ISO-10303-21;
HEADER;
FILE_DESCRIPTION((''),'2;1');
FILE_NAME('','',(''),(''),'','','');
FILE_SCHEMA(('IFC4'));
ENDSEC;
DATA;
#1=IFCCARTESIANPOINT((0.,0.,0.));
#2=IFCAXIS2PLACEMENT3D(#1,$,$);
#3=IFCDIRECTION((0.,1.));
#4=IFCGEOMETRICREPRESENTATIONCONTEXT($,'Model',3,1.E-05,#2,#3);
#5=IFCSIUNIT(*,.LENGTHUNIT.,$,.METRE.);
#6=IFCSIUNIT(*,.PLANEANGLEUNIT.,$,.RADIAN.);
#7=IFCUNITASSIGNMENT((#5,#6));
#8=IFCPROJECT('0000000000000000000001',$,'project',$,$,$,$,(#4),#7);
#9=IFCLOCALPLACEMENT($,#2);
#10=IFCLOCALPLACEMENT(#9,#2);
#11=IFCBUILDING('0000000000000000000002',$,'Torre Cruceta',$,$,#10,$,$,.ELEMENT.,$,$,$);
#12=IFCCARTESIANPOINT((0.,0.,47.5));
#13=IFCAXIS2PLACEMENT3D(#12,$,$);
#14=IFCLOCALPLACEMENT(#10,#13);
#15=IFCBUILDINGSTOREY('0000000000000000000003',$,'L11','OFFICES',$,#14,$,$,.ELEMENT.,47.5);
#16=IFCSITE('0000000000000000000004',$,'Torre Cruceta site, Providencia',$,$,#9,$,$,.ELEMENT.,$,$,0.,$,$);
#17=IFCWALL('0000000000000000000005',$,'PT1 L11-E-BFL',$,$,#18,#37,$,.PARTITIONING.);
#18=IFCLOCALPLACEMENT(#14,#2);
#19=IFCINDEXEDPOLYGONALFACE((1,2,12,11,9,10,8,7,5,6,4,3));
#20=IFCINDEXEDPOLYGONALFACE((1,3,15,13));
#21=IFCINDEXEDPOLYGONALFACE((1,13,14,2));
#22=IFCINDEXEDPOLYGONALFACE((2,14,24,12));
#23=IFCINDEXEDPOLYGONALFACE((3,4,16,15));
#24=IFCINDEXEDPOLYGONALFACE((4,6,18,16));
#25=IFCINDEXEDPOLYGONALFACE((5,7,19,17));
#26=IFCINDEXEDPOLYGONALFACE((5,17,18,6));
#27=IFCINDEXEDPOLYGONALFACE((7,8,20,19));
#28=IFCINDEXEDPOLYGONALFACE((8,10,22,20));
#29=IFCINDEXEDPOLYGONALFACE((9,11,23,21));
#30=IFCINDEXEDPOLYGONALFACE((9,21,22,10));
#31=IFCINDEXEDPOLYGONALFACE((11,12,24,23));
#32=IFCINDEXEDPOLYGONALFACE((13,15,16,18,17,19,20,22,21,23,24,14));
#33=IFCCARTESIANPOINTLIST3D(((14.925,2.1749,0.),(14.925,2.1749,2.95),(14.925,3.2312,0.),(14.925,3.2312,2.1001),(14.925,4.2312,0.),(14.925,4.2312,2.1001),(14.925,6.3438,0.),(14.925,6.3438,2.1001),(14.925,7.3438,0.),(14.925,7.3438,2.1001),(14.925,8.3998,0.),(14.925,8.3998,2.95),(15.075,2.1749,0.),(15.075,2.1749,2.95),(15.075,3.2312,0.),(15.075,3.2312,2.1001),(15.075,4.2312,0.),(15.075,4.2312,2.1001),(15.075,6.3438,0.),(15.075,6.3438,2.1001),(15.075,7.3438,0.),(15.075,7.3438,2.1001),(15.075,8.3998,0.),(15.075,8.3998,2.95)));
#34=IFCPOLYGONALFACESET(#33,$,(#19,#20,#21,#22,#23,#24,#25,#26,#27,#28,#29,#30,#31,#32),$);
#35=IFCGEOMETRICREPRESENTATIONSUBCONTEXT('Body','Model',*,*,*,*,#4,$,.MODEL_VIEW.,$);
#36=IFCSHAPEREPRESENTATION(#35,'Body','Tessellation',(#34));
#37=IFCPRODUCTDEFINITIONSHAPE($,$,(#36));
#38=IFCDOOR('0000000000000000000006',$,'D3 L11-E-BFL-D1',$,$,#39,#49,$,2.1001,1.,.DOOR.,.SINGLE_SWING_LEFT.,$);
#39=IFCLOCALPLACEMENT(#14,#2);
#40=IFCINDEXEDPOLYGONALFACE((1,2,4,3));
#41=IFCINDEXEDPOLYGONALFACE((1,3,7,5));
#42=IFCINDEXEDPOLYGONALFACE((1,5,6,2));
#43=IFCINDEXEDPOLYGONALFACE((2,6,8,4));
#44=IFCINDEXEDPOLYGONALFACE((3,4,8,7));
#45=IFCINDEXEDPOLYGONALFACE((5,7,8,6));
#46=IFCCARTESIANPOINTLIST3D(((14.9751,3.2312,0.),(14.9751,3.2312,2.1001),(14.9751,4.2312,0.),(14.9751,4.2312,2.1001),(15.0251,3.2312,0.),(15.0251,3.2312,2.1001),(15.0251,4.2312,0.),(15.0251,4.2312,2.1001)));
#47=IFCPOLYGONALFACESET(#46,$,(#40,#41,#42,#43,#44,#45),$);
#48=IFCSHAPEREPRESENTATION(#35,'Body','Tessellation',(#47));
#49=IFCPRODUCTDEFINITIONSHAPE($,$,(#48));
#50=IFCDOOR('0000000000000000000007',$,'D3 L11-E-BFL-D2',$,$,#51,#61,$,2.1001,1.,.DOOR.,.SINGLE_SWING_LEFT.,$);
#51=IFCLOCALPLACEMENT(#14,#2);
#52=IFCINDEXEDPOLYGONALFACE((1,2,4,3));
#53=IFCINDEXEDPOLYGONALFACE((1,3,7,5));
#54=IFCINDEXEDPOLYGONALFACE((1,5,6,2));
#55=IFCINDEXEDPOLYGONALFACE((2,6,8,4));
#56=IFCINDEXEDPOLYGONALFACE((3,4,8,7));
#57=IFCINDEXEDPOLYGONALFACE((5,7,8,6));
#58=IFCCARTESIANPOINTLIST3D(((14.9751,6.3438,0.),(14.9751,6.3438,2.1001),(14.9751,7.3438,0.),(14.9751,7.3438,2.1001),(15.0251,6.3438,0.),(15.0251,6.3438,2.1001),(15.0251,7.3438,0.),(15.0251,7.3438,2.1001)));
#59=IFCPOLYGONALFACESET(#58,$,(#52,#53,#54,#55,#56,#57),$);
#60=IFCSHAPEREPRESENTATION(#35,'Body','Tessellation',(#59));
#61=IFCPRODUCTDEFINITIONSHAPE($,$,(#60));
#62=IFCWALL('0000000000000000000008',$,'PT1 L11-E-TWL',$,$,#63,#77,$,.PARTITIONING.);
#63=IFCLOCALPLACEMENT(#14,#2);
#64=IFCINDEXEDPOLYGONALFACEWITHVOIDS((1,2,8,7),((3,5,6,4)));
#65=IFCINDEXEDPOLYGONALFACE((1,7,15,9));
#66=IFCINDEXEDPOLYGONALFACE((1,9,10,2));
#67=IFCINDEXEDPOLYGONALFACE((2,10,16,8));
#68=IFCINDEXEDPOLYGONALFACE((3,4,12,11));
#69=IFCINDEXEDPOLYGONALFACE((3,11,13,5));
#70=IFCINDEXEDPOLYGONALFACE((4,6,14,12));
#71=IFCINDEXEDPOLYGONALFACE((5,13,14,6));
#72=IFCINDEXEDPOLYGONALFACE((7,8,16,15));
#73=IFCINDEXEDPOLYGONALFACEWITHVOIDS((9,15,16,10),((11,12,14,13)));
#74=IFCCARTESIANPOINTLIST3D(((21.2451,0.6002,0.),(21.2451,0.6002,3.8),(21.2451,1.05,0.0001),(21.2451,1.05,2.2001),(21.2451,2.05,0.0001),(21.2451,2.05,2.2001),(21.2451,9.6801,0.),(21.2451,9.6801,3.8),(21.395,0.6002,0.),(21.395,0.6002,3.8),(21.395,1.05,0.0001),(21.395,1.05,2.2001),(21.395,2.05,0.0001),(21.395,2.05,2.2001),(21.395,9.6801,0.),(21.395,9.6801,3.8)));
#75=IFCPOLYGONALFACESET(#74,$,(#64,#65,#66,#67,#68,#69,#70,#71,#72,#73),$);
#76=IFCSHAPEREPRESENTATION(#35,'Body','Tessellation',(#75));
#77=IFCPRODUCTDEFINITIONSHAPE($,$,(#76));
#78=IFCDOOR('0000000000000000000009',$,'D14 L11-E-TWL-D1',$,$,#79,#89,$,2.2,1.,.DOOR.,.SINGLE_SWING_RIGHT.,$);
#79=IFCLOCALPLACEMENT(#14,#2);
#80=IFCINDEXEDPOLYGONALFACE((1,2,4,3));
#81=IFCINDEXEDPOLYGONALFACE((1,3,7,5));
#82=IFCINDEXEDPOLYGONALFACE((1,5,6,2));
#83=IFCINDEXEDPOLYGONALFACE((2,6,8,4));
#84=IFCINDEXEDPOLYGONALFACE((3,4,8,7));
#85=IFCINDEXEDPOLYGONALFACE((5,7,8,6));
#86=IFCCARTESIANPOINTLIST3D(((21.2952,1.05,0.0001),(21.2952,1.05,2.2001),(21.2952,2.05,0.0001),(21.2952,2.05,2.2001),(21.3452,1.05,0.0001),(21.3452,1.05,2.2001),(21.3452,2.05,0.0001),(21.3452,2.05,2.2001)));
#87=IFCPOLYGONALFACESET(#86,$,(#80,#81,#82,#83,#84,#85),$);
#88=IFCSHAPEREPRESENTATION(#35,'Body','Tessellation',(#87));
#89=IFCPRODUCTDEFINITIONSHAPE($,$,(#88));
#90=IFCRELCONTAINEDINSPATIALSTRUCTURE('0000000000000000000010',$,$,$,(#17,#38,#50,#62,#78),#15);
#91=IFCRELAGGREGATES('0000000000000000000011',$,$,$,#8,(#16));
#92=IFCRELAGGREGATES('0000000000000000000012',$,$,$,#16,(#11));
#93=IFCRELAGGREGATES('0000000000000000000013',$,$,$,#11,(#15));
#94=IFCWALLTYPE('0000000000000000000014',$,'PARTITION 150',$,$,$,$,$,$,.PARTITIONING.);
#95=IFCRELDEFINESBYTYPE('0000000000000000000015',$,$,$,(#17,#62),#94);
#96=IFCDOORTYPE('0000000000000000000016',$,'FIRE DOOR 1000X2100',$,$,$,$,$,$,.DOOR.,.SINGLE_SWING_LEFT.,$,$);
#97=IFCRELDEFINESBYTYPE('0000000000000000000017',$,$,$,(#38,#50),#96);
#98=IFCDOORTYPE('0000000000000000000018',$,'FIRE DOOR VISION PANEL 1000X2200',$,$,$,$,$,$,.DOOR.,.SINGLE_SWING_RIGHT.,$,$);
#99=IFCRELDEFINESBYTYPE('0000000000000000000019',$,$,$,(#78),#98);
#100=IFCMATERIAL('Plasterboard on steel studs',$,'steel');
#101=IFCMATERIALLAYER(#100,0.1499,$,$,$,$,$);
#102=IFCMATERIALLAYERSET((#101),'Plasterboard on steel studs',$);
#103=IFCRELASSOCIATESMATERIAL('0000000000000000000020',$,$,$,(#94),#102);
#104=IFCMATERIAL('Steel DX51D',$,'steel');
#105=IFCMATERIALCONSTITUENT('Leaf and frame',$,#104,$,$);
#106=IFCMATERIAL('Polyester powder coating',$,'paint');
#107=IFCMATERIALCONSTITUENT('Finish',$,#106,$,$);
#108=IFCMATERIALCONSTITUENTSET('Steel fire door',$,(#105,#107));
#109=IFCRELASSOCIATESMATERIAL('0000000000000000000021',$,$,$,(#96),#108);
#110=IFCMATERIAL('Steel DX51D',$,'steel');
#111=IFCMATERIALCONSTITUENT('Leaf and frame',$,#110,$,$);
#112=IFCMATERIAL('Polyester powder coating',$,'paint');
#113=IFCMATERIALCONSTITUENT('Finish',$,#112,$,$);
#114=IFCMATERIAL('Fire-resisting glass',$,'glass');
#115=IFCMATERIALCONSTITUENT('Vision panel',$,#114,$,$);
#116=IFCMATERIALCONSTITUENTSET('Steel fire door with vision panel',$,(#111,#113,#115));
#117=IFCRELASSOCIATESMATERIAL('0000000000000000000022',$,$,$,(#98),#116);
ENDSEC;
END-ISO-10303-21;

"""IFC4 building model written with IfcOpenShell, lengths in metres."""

from ifc_helpers import new_model, si_unit, direction, frame, frame_2d, origin, place, context, subcontext, project, spatial, rectangle, extrude, material, layer, layer_set, constituent, constituent_set, type_object, element, fill, save


model = new_model("IFC4")

# Units and contexts
model_context = context("Model", 3, precision=1e-05, world=origin(), true_north=direction((0.0, 1.0)))
body_context = subcontext(model_context, "Body", "Model", "MODEL_VIEW")
ifc_project = project(units=[si_unit("LENGTHUNIT", "METRE"), si_unit("PLANEANGLEUNIT", "RADIAN")], contexts=[model_context])

# Site, building, storey
site_placement = place(None, origin())
site = spatial("IfcSite", under=ifc_project, at=site_placement, Name="Torre Cruceta site, Providencia", CompositionType="ELEMENT", RefElevation=0.0)
building_placement = place(site_placement, origin())
building = spatial("IfcBuilding", under=site, at=building_placement, Name="Torre Cruceta", CompositionType="ELEMENT")
storey_placement = place(building_placement, frame((0.0, 0.0, 47.5)))
storey = spatial("IfcBuildingStorey", under=building, at=storey_placement, Name="L11", Description="OFFICES", CompositionType="ELEMENT", Elevation=47.5)

# Wall, openings, doors
ifc_material_1 = material(Name="Plasterboard on steel studs", Category="steel")
ifc_layer_1 = layer(ifc_material_1, 0.1499)
ifc_layer_set_1 = layer_set([ifc_layer_1], Name="Plasterboard on steel studs")
wall_type_1 = type_object("IfcWallType", Name="PARTITION 150", PredefinedType="PARTITIONING", material=ifc_layer_set_1)
wall_1_placement = place(storey_placement, frame((15.0, 2.175, 0.0), z_axis=(0.0, 0.0, 1.0), x_axis=(0.0, 1.0, 0.0)))
wall_1 = element("IfcWall", 1, at=wall_1_placement, inside=storey, type_object=wall_type_1, Name="PT1 L11-E-BFL", PredefinedType="PARTITIONING", context=body_context, shape_type="SweptSolid", body=[
    extrude(rectangle(XDim=6.2249, YDim=0.1499, at=frame_2d((3.1123, 0.0))), origin(), (0.0, 0.0, 1.0), 2.95),
])
opening_1_placement = place(wall_1_placement, frame((1.0562, 0.0, 0.0)))
opening_1 = element("IfcOpeningElement", 2, at=opening_1_placement, cuts=wall_1, PredefinedType="OPENING", context=body_context, shape_type="SweptSolid", body=[
    extrude(rectangle(XDim=1.0, YDim=2.1001, at=frame_2d((0.5, 1.05))), frame((0.0, 0.085, 0.0), z_axis=(0.0, -1.0, 0.0), x_axis=(1.0, 0.0, 0.0)), (0.0, 0.0, 1.0), 0.1699),
])
opening_2_placement = place(wall_1_placement, frame((4.1687, 0.0, 0.0)))
opening_2 = element("IfcOpeningElement", 3, at=opening_2_placement, cuts=wall_1, PredefinedType="OPENING", context=body_context, shape_type="SweptSolid", body=[
    extrude(rectangle(XDim=1.0, YDim=2.1001, at=frame_2d((0.5, 1.05))), frame((0.0, 0.085, 0.0), z_axis=(0.0, -1.0, 0.0), x_axis=(1.0, 0.0, 0.0)), (0.0, 0.0, 1.0), 0.1699),
])
ifc_material_2 = material(Name="Steel DX51D", Category="steel")
ifc_constituent_1 = constituent(ifc_material_2, Name="Leaf and frame")
ifc_material_3 = material(Name="Polyester powder coating", Category="paint")
ifc_constituent_2 = constituent(ifc_material_3, Name="Finish")
ifc_constituent_set_1 = constituent_set(constituents=[ifc_constituent_1, ifc_constituent_2], Name="Steel fire door")
door_type_1 = type_object("IfcDoorType", Name="FIRE DOOR 1000X2100", OperationType="SINGLE_SWING_LEFT", PredefinedType="DOOR", material=ifc_constituent_set_1)
door_1_placement = place(opening_1_placement, origin())
door_1 = element("IfcDoor", 4, at=door_1_placement, inside=storey, type_object=door_type_1, Name="D3 L11-E-BFL-D1", OperationType="SINGLE_SWING_LEFT", OverallHeight=2.1001, OverallWidth=1.0, PredefinedType="DOOR", context=body_context, shape_type="SweptSolid", body=[
    extrude(rectangle(XDim=1.0, YDim=2.1001, at=frame_2d((0.5, 1.05))), frame((0.0, 0.0249, 0.0), z_axis=(0.0, -1.0, 0.0), x_axis=(1.0, 0.0, 0.0)), (0.0, 0.0, 1.0), 0.05),
])
fill(opening_1, door_1)
door_2_placement = place(opening_2_placement, origin())
door_2 = element("IfcDoor", 5, at=door_2_placement, inside=storey, type_object=door_type_1, Name="D3 L11-E-BFL-D2", OperationType="SINGLE_SWING_LEFT", OverallHeight=2.1001, OverallWidth=1.0, PredefinedType="DOOR", context=body_context, shape_type="SweptSolid", body=[
    extrude(rectangle(XDim=1.0, YDim=2.1001, at=frame_2d((0.5, 1.05))), frame((0.0, 0.0249, 0.0), z_axis=(0.0, -1.0, 0.0), x_axis=(1.0, 0.0, 0.0)), (0.0, 0.0, 1.0), 0.05),
])
fill(opening_2, door_2)

# Wall, opening, door
wall_2_placement = place(storey_placement, frame((21.3201, 0.6001, 0.0), z_axis=(0.0, 0.0, 1.0), x_axis=(0.0, 1.0, 0.0)))
wall_2 = element("IfcWall", 6, at=wall_2_placement, inside=storey, type_object=wall_type_1, Name="PT1 L11-E-TWL", PredefinedType="PARTITIONING", context=body_context, shape_type="SweptSolid", body=[
    extrude(rectangle(XDim=9.0798, YDim=0.1499, at=frame_2d((4.54, 0.0))), origin(), (0.0, 0.0, 1.0), 3.8),
])
opening_3_placement = place(wall_2_placement, frame((0.45, 0.0, 0.0)))
opening_3 = element("IfcOpeningElement", 7, at=opening_3_placement, cuts=wall_2, PredefinedType="OPENING", context=body_context, shape_type="SweptSolid", body=[
    extrude(rectangle(XDim=1.0, YDim=2.2, at=frame_2d((0.5, 1.1001))), frame((0.0, 0.085, 0.0), z_axis=(0.0, -1.0, 0.0), x_axis=(1.0, 0.0, 0.0)), (0.0, 0.0, 1.0), 0.1699),
])
ifc_material_4 = material(Name="Steel DX51D", Category="steel")
ifc_constituent_3 = constituent(ifc_material_4, Name="Leaf and frame")
ifc_material_5 = material(Name="Polyester powder coating", Category="paint")
ifc_constituent_4 = constituent(ifc_material_5, Name="Finish")
ifc_material_6 = material(Name="Fire-resisting glass", Category="glass")
ifc_constituent_5 = constituent(ifc_material_6, Name="Vision panel")
ifc_constituent_set_2 = constituent_set(constituents=[ifc_constituent_3, ifc_constituent_4, ifc_constituent_5], Name="Steel fire door with vision panel")
door_type_2 = type_object("IfcDoorType", Name="FIRE DOOR VISION PANEL 1000X2200", OperationType="SINGLE_SWING_RIGHT", PredefinedType="DOOR", material=ifc_constituent_set_2)
door_3_placement = place(opening_3_placement, frame((1.0, 0.0, 0.0), z_axis=(0.0, 0.0, 1.0), x_axis=(-1.0, 0.0, 0.0)))
door_3 = element("IfcDoor", 8, at=door_3_placement, inside=storey, type_object=door_type_2, Name="D14 L11-E-TWL-D1", OperationType="SINGLE_SWING_RIGHT", OverallHeight=2.2, OverallWidth=1.0, PredefinedType="DOOR", context=body_context, shape_type="SweptSolid", body=[
    extrude(rectangle(XDim=1.0, YDim=2.2, at=frame_2d((0.5, 1.1001))), frame((0.0, 0.0251, 0.0), z_axis=(0.0, -1.0, 0.0), x_axis=(1.0, 0.0, 0.0)), (0.0, 0.0, 1.0), 0.05),
])
fill(opening_3, door_3)

save(model, "model.ifc")
